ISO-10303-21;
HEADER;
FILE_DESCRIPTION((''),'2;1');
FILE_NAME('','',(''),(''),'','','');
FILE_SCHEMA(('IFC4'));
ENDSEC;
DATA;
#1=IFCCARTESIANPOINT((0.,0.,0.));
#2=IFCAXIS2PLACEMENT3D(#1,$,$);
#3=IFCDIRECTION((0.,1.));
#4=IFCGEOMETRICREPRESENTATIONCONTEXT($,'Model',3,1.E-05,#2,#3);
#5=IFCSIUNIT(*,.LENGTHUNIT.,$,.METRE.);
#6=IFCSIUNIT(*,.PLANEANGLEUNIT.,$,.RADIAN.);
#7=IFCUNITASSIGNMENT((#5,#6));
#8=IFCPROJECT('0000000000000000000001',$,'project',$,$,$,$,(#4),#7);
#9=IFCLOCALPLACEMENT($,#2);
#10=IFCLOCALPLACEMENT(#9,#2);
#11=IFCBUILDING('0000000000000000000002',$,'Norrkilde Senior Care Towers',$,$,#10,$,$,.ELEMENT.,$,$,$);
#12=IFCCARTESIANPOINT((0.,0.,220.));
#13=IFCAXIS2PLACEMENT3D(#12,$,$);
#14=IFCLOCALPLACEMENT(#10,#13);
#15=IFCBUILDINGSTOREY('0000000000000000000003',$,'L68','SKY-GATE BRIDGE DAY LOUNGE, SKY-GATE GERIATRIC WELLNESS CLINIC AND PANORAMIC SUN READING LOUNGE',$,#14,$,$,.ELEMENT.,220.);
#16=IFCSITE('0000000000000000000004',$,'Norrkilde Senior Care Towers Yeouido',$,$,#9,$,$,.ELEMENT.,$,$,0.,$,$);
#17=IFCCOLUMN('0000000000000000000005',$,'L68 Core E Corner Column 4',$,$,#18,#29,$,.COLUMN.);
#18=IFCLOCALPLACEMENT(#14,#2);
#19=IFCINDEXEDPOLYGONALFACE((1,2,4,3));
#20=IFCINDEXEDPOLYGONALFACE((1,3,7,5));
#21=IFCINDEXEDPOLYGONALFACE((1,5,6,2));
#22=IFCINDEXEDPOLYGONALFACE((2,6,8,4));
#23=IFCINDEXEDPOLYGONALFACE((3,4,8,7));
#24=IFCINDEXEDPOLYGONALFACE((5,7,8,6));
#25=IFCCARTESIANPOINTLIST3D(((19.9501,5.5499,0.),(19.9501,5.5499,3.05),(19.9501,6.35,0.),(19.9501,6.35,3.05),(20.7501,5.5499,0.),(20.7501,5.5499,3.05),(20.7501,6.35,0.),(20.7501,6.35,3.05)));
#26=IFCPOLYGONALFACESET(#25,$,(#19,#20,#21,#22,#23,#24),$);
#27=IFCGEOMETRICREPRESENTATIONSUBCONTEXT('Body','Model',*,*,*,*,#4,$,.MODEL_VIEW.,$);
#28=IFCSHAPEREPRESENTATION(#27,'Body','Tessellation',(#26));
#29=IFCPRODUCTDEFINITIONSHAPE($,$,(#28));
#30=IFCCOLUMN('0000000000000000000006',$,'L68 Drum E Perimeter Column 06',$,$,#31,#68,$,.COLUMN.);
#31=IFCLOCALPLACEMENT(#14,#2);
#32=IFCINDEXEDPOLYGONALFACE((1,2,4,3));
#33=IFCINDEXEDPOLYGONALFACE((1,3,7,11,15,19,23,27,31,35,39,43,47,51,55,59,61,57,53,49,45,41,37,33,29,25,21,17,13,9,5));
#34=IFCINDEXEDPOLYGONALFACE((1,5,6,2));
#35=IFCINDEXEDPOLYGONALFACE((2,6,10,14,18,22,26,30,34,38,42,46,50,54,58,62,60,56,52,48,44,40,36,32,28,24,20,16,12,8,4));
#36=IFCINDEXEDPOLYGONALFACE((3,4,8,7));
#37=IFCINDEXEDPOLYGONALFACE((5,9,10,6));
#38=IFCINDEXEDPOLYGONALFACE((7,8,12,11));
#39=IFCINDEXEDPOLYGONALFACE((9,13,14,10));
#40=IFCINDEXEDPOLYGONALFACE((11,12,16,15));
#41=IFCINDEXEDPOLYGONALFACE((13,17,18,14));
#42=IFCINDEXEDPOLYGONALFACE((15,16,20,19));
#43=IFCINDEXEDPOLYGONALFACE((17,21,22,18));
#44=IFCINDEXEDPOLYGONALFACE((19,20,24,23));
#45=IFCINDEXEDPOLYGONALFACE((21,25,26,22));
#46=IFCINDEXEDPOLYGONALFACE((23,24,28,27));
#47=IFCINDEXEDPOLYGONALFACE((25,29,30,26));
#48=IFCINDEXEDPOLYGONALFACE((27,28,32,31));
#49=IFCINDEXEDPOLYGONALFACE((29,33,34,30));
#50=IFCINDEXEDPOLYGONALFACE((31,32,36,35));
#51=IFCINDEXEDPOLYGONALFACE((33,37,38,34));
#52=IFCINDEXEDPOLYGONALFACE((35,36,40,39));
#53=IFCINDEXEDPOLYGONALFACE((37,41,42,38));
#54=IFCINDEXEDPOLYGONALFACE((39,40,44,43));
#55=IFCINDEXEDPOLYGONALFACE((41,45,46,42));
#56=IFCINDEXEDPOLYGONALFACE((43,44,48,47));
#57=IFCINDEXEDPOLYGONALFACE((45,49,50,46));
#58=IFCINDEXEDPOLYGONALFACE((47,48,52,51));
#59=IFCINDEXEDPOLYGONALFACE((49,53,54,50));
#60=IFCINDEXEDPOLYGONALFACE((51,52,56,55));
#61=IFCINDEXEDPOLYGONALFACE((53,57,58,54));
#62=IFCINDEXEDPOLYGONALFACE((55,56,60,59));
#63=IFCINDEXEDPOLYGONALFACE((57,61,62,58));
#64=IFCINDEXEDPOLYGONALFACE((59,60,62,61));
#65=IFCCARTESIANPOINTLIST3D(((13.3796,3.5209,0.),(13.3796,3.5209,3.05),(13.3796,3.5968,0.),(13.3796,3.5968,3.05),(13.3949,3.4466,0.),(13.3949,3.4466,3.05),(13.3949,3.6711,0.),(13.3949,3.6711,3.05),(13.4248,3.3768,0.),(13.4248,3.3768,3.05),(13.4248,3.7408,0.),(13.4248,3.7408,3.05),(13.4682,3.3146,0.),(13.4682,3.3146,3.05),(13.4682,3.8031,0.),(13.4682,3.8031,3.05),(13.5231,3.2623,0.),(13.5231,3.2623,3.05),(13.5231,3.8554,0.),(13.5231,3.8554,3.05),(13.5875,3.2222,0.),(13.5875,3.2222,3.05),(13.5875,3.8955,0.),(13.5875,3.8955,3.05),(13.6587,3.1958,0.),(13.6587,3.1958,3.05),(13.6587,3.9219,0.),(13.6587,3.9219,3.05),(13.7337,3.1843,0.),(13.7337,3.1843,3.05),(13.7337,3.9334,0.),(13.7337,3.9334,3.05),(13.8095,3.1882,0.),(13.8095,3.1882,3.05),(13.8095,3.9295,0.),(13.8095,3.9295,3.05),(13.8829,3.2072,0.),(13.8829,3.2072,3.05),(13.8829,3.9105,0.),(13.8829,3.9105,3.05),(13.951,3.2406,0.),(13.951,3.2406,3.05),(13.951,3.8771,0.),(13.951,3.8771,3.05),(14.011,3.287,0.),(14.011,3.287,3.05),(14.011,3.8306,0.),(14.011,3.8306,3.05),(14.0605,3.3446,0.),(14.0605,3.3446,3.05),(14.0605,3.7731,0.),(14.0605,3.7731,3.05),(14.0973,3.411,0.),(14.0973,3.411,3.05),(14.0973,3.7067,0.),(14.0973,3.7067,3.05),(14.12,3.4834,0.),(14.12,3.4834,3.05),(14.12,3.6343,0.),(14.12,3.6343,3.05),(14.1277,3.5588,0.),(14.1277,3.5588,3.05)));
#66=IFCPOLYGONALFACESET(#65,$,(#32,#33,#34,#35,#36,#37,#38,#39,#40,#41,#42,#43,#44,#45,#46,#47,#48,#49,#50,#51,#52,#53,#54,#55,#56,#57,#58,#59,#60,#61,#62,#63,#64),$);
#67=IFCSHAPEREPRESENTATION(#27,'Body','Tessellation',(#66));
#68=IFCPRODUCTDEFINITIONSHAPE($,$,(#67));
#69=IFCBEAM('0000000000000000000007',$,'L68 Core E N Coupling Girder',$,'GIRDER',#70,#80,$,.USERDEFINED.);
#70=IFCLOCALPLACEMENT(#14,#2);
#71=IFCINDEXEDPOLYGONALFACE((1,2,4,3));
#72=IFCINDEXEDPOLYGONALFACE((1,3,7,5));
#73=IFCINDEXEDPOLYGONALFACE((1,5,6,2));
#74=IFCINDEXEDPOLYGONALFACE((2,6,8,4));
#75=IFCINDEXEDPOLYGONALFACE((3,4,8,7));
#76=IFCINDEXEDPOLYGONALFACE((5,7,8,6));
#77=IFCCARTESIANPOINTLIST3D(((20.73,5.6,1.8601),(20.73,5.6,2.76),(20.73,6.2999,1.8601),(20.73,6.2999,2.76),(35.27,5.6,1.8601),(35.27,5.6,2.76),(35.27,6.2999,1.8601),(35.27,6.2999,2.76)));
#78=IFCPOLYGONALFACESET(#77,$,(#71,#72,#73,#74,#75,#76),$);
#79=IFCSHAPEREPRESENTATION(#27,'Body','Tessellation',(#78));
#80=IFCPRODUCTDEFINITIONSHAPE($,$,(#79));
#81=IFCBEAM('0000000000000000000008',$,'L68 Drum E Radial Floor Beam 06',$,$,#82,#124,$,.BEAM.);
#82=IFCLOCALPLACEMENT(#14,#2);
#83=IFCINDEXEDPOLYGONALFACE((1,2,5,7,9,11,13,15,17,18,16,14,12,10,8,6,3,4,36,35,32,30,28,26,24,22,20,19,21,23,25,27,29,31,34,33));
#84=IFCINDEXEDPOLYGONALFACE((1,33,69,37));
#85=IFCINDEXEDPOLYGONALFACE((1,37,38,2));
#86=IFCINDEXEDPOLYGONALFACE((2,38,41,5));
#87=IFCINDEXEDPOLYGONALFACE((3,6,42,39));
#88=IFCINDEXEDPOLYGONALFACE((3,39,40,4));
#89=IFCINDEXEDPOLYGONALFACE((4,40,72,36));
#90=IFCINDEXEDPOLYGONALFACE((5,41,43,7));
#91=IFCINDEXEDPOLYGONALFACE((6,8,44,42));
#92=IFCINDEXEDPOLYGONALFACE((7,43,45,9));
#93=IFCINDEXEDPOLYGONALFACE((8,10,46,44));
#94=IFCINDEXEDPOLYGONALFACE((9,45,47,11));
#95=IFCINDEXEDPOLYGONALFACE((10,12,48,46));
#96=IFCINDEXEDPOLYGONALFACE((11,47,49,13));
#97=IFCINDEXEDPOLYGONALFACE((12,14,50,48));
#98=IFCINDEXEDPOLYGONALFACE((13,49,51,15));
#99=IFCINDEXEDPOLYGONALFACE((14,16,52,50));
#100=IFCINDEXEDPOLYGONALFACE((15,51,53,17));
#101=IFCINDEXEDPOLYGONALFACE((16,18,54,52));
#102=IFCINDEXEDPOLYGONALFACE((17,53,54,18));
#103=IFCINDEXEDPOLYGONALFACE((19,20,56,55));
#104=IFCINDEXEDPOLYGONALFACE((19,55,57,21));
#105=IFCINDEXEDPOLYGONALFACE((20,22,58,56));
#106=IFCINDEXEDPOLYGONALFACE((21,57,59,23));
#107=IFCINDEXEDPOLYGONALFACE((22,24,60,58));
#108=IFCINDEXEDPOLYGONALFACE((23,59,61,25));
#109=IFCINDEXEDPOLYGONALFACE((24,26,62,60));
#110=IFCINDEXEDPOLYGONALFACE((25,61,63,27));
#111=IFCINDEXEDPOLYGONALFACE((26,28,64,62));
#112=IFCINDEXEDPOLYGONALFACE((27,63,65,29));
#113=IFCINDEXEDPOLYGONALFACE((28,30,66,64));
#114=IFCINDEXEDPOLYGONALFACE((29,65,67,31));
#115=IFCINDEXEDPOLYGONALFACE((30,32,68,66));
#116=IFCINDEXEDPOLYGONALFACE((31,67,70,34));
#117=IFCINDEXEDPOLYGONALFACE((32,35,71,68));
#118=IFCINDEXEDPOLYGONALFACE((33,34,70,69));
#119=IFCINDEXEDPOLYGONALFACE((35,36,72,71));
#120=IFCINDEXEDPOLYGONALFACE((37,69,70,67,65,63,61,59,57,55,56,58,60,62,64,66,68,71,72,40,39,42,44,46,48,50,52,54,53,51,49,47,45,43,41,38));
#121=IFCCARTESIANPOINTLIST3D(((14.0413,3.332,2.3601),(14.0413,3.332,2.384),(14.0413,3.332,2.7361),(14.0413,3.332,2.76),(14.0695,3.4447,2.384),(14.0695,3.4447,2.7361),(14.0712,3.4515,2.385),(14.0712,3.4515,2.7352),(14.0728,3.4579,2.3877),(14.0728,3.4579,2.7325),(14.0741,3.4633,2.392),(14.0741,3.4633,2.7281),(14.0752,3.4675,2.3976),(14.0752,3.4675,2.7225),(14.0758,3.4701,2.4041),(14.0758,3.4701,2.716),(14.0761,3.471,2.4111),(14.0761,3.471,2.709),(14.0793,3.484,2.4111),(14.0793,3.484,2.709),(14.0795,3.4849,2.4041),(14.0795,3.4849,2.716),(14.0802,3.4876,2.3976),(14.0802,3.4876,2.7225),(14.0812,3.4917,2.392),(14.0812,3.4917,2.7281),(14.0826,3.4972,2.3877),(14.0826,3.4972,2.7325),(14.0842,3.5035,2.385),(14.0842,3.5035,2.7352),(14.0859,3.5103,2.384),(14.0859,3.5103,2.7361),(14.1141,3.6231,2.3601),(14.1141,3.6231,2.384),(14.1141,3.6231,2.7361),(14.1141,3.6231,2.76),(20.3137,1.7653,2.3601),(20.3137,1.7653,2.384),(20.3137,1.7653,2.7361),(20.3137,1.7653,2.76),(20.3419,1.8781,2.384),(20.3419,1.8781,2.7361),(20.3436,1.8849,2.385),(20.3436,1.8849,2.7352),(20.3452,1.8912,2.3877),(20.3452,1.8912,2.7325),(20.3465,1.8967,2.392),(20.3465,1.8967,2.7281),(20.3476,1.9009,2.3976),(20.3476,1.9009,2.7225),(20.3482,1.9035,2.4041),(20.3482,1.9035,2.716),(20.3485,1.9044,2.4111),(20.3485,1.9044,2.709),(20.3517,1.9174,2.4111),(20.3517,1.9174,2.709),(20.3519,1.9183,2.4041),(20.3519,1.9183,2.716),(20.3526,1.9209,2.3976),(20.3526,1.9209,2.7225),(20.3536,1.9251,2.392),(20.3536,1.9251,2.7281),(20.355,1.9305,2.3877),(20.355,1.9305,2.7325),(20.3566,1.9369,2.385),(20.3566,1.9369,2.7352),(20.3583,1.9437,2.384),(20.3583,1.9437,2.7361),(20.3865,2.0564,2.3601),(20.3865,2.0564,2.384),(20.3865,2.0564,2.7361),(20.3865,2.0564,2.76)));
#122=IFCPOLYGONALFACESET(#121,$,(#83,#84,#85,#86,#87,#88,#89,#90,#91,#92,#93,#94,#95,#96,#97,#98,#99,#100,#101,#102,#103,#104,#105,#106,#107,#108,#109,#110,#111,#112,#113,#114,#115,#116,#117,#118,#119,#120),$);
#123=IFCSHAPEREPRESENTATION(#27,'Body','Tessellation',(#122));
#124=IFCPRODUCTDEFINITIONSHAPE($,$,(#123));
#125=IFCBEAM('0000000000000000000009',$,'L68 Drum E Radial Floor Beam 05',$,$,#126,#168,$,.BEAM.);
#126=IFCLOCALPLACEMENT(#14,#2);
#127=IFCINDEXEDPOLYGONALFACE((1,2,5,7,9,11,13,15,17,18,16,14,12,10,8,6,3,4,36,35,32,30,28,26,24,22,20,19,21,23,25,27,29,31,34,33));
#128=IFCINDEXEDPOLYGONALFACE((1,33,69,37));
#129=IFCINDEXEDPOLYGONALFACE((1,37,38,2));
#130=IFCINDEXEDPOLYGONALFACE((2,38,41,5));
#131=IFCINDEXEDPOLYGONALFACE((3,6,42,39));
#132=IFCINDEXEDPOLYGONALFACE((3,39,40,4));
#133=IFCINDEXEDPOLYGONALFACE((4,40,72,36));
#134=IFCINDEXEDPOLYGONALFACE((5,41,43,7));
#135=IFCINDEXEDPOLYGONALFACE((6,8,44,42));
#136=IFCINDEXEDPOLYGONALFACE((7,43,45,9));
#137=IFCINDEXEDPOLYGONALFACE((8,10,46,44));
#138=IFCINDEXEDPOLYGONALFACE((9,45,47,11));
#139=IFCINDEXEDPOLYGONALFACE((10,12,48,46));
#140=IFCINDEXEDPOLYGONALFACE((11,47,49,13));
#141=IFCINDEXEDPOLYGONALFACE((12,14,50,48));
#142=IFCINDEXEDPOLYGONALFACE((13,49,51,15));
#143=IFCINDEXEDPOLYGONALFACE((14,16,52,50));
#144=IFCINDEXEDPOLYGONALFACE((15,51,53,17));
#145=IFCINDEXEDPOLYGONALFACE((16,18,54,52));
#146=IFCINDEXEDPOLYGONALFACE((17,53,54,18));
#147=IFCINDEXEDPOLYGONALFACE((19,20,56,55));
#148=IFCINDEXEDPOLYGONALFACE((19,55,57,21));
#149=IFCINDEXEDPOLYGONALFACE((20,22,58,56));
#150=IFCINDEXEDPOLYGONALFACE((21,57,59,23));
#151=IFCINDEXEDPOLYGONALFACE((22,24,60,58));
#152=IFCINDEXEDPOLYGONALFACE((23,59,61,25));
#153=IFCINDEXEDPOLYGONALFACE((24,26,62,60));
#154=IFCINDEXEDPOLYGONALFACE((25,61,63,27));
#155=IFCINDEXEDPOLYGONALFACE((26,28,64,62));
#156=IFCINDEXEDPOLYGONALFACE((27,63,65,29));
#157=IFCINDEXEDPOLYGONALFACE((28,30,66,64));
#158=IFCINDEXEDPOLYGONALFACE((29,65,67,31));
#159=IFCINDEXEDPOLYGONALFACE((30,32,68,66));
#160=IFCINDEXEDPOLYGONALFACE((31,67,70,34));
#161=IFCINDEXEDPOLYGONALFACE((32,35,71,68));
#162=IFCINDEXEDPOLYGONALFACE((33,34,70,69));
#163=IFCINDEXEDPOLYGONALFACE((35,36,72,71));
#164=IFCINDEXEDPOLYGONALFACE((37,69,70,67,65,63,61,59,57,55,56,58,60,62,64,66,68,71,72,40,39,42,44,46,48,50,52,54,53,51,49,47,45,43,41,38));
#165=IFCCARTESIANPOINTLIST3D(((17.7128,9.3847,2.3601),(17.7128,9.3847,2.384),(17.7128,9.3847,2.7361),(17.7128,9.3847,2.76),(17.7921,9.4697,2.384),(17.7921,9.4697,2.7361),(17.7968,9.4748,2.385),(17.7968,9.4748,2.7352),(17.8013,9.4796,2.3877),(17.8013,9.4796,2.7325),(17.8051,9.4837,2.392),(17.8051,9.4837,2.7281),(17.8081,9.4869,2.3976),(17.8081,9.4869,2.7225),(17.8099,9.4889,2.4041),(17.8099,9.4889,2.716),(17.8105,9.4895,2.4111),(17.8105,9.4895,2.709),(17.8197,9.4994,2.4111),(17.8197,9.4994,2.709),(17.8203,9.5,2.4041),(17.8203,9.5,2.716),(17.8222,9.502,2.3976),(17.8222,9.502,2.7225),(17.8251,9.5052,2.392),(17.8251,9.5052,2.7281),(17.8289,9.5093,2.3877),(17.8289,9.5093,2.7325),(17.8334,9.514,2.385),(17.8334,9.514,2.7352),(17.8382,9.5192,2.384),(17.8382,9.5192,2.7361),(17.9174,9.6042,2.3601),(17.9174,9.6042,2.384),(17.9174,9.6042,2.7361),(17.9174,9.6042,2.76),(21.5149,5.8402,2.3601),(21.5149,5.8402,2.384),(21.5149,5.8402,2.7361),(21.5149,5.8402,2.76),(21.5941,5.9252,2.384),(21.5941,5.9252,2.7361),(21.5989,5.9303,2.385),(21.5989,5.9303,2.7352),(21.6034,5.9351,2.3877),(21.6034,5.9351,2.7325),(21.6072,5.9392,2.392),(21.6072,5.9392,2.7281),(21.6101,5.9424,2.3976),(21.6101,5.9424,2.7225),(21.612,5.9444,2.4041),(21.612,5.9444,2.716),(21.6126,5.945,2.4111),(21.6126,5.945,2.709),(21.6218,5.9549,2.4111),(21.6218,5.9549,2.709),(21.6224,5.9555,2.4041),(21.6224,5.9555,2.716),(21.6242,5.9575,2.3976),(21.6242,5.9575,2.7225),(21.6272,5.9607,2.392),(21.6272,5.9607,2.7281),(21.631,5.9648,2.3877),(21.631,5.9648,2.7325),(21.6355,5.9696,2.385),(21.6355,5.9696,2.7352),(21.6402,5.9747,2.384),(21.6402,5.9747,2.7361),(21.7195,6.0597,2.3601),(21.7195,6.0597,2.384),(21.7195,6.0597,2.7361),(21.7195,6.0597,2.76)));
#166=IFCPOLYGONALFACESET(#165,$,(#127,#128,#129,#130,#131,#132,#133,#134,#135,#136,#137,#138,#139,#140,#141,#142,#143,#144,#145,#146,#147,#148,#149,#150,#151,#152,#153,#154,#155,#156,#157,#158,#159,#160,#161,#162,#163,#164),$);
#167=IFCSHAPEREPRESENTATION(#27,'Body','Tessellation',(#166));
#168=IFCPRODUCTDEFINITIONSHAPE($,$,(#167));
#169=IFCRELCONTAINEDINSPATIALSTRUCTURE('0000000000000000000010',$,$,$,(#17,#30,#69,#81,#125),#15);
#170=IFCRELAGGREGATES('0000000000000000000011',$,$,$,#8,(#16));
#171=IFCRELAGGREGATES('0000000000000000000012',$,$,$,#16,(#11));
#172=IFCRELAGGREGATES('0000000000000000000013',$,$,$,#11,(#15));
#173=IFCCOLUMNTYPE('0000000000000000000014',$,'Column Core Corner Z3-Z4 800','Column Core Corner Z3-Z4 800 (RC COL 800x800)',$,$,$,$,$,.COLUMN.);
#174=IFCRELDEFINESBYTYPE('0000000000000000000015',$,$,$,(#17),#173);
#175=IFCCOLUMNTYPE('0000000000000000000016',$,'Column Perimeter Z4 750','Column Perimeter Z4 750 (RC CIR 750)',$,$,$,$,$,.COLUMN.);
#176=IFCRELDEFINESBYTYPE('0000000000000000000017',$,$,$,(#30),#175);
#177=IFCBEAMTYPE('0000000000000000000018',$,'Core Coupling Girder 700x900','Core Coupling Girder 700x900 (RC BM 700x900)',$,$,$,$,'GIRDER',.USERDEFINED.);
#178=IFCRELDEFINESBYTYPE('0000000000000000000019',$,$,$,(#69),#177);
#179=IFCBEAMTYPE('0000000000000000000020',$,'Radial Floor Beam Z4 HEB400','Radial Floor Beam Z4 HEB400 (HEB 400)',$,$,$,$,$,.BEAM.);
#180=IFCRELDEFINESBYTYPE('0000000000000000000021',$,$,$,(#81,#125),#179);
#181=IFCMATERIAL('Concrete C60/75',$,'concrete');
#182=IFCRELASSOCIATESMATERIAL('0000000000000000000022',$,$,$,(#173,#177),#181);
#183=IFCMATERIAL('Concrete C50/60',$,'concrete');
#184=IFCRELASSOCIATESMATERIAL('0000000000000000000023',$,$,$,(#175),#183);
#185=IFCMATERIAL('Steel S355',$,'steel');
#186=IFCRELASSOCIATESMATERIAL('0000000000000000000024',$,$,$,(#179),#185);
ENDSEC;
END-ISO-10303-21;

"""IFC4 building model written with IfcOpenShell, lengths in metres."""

from ifc_helpers import new_model, si_unit, direction, frame, origin, origin_2d, place, context, subcontext, project, spatial, rectangle, circle, i_section, extrude, source, transform, mapped, material, material_profile, profile_set, type_object, type_shapes, element, save


model = new_model("IFC4")

# Units and contexts
model_context = context("Model", 3, precision=1e-05, world=origin(), true_north=direction((0.0, 1.0)))
body_context = subcontext(model_context, "Body", "Model", "MODEL_VIEW")
ifc_project = project(units=[si_unit("LENGTHUNIT", "METRE"), si_unit("PLANEANGLEUNIT", "RADIAN")], contexts=[model_context])

# Site, building, storey
site_placement = place(None, origin())
site = spatial("IfcSite", under=ifc_project, at=site_placement, Name="Norrkilde Senior Care Towers Yeouido", CompositionType="ELEMENT", RefElevation=0.0)
building_placement = place(site_placement, origin())
building = spatial("IfcBuilding", under=site, at=building_placement, Name="Norrkilde Senior Care Towers", CompositionType="ELEMENT")
storey_placement = place(building_placement, frame((0.0, 0.0, 220.0)))
storey = spatial("IfcBuildingStorey", under=building, at=storey_placement, Name="L68", Description="SKY-GATE BRIDGE DAY LOUNGE, SKY-GATE GERIATRIC WELLNESS CLINIC AND PANORAMIC SUN READING LOUNGE", CompositionType="ELEMENT", Elevation=220.0)

# Columns
ifc_material_1 = material(Name="Concrete C60/75", Category="concrete")
ifc_material_profile_1 = material_profile(ifc_material_1, rectangle(XDim=0.8, YDim=0.8, at=origin_2d()), Name="RC COL 800x800")
ifc_profile_set_1 = profile_set([ifc_material_profile_1], Name="Concrete C60/75")
column_type_1 = type_object("IfcColumnType", Name="Column Core Corner Z3-Z4 800", Description="Column Core Corner Z3-Z4 800 (RC COL 800x800)", PredefinedType="COLUMN", material=ifc_profile_set_1)
shared_shape_1 = source(origin(), body_context, "Body", "SweptSolid", [
    extrude(rectangle(XDim=0.8, YDim=0.8, at=origin_2d()), origin(), (0.0, 0.0, 1.0), 3.05),
])
type_shapes(column_type_1, [shared_shape_1])
column_1_placement = place(storey_placement, frame((20.3501, 5.95, 0.0), z_axis=(0.0, 0.0, 1.0), x_axis=(1.0, 0.0, 0.0)))
element("IfcColumn", 1, at=column_1_placement, inside=storey, type_object=column_type_1, Name="L68 Core E Corner Column 4", PredefinedType="COLUMN", context=body_context, shape_type="MappedRepresentation", body=[
    mapped(shared_shape_1, transform((0.0, 0.0, 0.0), x_axis=(1.0, 0.0, 0.0), y_axis=(0.0, 1.0, 0.0), z_axis=(0.0, 0.0, 1.0), scale=1.0)),
])
ifc_material_2 = material(Name="Concrete C50/60", Category="concrete")
ifc_material_profile_2 = material_profile(ifc_material_2, circle(Radius=0.375, at=origin_2d()), Name="RC CIR 750")
ifc_profile_set_2 = profile_set([ifc_material_profile_2], Name="Concrete C50/60")
column_type_2 = type_object("IfcColumnType", Name="Column Perimeter Z4 750", Description="Column Perimeter Z4 750 (RC CIR 750)", PredefinedType="COLUMN", material=ifc_profile_set_2)
shared_shape_2 = source(origin(), body_context, "Body", "SweptSolid", [
    extrude(circle(Radius=0.375, at=origin_2d()), origin(), (0.0, 0.0, 1.0), 3.05),
])
type_shapes(column_type_2, [shared_shape_2])
column_2_placement = place(storey_placement, frame((13.7527, 3.5588, 0.0), z_axis=(0.0, 0.0, 1.0), x_axis=(1.0, 0.0, 0.0)))
element("IfcColumn", 2, at=column_2_placement, inside=storey, type_object=column_type_2, Name="L68 Drum E Perimeter Column 06", PredefinedType="COLUMN", context=body_context, shape_type="MappedRepresentation", body=[
    mapped(shared_shape_2, transform((0.0, 0.0, 0.0), x_axis=(1.0, 0.0, 0.0), y_axis=(0.0, 1.0, 0.0), z_axis=(0.0, 0.0, 1.0), scale=1.0)),
])

# Beams
ifc_material_profile_3 = material_profile(ifc_material_1, rectangle(XDim=0.7, YDim=0.8999, at=origin_2d()), Name="RC BM 700x900")
ifc_profile_set_3 = profile_set([ifc_material_profile_3], Name="Concrete C60/75")
beam_type_1 = type_object("IfcBeamType", Name="Core Coupling Girder 700x900", Description="Core Coupling Girder 700x900 (RC BM 700x900)", ElementType="GIRDER", PredefinedType="USERDEFINED", material=ifc_profile_set_3)
shared_shape_3 = source(origin(), body_context, "Body", "SweptSolid", [
    extrude(rectangle(XDim=0.7, YDim=0.8999, at=origin_2d()), origin(), (0.0, 0.0, 1.0), 14.54),
])
type_shapes(beam_type_1, [shared_shape_3])
beam_1_placement = place(storey_placement, frame((20.73, 5.95, 2.3101), z_axis=(1.0, 0.0, 0.0), x_axis=(0.0, 1.0, 0.0)))
element("IfcBeam", 3, at=beam_1_placement, inside=storey, type_object=beam_type_1, Name="L68 Core E N Coupling Girder", ObjectType="GIRDER", PredefinedType="USERDEFINED", context=body_context, shape_type="MappedRepresentation", body=[
    mapped(shared_shape_3, transform((0.0, 0.0, 0.0), x_axis=(1.0, 0.0, 0.0), y_axis=(0.0, 1.0, 0.0), z_axis=(0.0, 0.0, 1.0), scale=1.0)),
])
ifc_material_3 = material(Name="Steel S355", Category="steel")
ifc_material_profile_4 = material_profile(ifc_material_3, i_section(OverallWidth=0.3, OverallDepth=0.3999, WebThickness=0.0134, FlangeThickness=0.0239, FilletRadius=0.0271, at=origin_2d()), Name="HEB 400")
ifc_profile_set_4 = profile_set([ifc_material_profile_4], Name="Steel S355")
beam_type_2 = type_object("IfcBeamType", Name="Radial Floor Beam Z4 HEB400", Description="Radial Floor Beam Z4 HEB400 (HEB 400)", PredefinedType="BEAM", material=ifc_profile_set_4)
shared_shape_4 = source(origin(), body_context, "Body", "SweptSolid", [
    extrude(i_section(OverallWidth=0.3, OverallDepth=0.3999, WebThickness=0.0134, FlangeThickness=0.0239, FilletRadius=0.0271, at=origin_2d()), origin(), (0.0, 0.0, 1.0), 6.4651),
])
beam_2_placement = place(storey_placement, frame((20.3501, 1.9109, 2.5601), z_axis=(-0.970196, 0.242322, 0.0), x_axis=(-0.242322, -0.970196, 0.0)))
element("IfcBeam", 4, at=beam_2_placement, inside=storey, type_object=beam_type_2, Name="L68 Drum E Radial Floor Beam 06", PredefinedType="BEAM", context=body_context, shape_type="MappedRepresentation", body=[
    mapped(shared_shape_4, transform((0.0, 0.0, 0.0), x_axis=(1.0, 0.0, 0.0), y_axis=(0.0, 1.0, 0.0), z_axis=(0.0, 0.0, 1.0), scale=1.0)),
])
shared_shape_5 = source(origin(), body_context, "Body", "SweptSolid", [
    extrude(i_section(OverallWidth=0.3, OverallDepth=0.3999, WebThickness=0.0134, FlangeThickness=0.0239, FilletRadius=0.0271, at=origin_2d()), origin(), (0.0, 0.0, 1.0), 5.198),
])
type_shapes(beam_type_2, [shared_shape_4, shared_shape_5])
beam_3_placement = place(storey_placement, frame((21.6172, 5.95, 2.5601), z_axis=(-0.731449, 0.681896, 0.0), x_axis=(-0.681896, -0.731449, 0.0)))
element("IfcBeam", 5, at=beam_3_placement, inside=storey, type_object=beam_type_2, Name="L68 Drum E Radial Floor Beam 05", PredefinedType="BEAM", context=body_context, shape_type="MappedRepresentation", body=[
    mapped(shared_shape_5, transform((0.0, 0.0, 0.0), x_axis=(1.0, 0.0, 0.0), y_axis=(0.0, 1.0, 0.0), z_axis=(0.0, 0.0, 1.0), scale=1.0)),
])

save(model, "model.ifc")
